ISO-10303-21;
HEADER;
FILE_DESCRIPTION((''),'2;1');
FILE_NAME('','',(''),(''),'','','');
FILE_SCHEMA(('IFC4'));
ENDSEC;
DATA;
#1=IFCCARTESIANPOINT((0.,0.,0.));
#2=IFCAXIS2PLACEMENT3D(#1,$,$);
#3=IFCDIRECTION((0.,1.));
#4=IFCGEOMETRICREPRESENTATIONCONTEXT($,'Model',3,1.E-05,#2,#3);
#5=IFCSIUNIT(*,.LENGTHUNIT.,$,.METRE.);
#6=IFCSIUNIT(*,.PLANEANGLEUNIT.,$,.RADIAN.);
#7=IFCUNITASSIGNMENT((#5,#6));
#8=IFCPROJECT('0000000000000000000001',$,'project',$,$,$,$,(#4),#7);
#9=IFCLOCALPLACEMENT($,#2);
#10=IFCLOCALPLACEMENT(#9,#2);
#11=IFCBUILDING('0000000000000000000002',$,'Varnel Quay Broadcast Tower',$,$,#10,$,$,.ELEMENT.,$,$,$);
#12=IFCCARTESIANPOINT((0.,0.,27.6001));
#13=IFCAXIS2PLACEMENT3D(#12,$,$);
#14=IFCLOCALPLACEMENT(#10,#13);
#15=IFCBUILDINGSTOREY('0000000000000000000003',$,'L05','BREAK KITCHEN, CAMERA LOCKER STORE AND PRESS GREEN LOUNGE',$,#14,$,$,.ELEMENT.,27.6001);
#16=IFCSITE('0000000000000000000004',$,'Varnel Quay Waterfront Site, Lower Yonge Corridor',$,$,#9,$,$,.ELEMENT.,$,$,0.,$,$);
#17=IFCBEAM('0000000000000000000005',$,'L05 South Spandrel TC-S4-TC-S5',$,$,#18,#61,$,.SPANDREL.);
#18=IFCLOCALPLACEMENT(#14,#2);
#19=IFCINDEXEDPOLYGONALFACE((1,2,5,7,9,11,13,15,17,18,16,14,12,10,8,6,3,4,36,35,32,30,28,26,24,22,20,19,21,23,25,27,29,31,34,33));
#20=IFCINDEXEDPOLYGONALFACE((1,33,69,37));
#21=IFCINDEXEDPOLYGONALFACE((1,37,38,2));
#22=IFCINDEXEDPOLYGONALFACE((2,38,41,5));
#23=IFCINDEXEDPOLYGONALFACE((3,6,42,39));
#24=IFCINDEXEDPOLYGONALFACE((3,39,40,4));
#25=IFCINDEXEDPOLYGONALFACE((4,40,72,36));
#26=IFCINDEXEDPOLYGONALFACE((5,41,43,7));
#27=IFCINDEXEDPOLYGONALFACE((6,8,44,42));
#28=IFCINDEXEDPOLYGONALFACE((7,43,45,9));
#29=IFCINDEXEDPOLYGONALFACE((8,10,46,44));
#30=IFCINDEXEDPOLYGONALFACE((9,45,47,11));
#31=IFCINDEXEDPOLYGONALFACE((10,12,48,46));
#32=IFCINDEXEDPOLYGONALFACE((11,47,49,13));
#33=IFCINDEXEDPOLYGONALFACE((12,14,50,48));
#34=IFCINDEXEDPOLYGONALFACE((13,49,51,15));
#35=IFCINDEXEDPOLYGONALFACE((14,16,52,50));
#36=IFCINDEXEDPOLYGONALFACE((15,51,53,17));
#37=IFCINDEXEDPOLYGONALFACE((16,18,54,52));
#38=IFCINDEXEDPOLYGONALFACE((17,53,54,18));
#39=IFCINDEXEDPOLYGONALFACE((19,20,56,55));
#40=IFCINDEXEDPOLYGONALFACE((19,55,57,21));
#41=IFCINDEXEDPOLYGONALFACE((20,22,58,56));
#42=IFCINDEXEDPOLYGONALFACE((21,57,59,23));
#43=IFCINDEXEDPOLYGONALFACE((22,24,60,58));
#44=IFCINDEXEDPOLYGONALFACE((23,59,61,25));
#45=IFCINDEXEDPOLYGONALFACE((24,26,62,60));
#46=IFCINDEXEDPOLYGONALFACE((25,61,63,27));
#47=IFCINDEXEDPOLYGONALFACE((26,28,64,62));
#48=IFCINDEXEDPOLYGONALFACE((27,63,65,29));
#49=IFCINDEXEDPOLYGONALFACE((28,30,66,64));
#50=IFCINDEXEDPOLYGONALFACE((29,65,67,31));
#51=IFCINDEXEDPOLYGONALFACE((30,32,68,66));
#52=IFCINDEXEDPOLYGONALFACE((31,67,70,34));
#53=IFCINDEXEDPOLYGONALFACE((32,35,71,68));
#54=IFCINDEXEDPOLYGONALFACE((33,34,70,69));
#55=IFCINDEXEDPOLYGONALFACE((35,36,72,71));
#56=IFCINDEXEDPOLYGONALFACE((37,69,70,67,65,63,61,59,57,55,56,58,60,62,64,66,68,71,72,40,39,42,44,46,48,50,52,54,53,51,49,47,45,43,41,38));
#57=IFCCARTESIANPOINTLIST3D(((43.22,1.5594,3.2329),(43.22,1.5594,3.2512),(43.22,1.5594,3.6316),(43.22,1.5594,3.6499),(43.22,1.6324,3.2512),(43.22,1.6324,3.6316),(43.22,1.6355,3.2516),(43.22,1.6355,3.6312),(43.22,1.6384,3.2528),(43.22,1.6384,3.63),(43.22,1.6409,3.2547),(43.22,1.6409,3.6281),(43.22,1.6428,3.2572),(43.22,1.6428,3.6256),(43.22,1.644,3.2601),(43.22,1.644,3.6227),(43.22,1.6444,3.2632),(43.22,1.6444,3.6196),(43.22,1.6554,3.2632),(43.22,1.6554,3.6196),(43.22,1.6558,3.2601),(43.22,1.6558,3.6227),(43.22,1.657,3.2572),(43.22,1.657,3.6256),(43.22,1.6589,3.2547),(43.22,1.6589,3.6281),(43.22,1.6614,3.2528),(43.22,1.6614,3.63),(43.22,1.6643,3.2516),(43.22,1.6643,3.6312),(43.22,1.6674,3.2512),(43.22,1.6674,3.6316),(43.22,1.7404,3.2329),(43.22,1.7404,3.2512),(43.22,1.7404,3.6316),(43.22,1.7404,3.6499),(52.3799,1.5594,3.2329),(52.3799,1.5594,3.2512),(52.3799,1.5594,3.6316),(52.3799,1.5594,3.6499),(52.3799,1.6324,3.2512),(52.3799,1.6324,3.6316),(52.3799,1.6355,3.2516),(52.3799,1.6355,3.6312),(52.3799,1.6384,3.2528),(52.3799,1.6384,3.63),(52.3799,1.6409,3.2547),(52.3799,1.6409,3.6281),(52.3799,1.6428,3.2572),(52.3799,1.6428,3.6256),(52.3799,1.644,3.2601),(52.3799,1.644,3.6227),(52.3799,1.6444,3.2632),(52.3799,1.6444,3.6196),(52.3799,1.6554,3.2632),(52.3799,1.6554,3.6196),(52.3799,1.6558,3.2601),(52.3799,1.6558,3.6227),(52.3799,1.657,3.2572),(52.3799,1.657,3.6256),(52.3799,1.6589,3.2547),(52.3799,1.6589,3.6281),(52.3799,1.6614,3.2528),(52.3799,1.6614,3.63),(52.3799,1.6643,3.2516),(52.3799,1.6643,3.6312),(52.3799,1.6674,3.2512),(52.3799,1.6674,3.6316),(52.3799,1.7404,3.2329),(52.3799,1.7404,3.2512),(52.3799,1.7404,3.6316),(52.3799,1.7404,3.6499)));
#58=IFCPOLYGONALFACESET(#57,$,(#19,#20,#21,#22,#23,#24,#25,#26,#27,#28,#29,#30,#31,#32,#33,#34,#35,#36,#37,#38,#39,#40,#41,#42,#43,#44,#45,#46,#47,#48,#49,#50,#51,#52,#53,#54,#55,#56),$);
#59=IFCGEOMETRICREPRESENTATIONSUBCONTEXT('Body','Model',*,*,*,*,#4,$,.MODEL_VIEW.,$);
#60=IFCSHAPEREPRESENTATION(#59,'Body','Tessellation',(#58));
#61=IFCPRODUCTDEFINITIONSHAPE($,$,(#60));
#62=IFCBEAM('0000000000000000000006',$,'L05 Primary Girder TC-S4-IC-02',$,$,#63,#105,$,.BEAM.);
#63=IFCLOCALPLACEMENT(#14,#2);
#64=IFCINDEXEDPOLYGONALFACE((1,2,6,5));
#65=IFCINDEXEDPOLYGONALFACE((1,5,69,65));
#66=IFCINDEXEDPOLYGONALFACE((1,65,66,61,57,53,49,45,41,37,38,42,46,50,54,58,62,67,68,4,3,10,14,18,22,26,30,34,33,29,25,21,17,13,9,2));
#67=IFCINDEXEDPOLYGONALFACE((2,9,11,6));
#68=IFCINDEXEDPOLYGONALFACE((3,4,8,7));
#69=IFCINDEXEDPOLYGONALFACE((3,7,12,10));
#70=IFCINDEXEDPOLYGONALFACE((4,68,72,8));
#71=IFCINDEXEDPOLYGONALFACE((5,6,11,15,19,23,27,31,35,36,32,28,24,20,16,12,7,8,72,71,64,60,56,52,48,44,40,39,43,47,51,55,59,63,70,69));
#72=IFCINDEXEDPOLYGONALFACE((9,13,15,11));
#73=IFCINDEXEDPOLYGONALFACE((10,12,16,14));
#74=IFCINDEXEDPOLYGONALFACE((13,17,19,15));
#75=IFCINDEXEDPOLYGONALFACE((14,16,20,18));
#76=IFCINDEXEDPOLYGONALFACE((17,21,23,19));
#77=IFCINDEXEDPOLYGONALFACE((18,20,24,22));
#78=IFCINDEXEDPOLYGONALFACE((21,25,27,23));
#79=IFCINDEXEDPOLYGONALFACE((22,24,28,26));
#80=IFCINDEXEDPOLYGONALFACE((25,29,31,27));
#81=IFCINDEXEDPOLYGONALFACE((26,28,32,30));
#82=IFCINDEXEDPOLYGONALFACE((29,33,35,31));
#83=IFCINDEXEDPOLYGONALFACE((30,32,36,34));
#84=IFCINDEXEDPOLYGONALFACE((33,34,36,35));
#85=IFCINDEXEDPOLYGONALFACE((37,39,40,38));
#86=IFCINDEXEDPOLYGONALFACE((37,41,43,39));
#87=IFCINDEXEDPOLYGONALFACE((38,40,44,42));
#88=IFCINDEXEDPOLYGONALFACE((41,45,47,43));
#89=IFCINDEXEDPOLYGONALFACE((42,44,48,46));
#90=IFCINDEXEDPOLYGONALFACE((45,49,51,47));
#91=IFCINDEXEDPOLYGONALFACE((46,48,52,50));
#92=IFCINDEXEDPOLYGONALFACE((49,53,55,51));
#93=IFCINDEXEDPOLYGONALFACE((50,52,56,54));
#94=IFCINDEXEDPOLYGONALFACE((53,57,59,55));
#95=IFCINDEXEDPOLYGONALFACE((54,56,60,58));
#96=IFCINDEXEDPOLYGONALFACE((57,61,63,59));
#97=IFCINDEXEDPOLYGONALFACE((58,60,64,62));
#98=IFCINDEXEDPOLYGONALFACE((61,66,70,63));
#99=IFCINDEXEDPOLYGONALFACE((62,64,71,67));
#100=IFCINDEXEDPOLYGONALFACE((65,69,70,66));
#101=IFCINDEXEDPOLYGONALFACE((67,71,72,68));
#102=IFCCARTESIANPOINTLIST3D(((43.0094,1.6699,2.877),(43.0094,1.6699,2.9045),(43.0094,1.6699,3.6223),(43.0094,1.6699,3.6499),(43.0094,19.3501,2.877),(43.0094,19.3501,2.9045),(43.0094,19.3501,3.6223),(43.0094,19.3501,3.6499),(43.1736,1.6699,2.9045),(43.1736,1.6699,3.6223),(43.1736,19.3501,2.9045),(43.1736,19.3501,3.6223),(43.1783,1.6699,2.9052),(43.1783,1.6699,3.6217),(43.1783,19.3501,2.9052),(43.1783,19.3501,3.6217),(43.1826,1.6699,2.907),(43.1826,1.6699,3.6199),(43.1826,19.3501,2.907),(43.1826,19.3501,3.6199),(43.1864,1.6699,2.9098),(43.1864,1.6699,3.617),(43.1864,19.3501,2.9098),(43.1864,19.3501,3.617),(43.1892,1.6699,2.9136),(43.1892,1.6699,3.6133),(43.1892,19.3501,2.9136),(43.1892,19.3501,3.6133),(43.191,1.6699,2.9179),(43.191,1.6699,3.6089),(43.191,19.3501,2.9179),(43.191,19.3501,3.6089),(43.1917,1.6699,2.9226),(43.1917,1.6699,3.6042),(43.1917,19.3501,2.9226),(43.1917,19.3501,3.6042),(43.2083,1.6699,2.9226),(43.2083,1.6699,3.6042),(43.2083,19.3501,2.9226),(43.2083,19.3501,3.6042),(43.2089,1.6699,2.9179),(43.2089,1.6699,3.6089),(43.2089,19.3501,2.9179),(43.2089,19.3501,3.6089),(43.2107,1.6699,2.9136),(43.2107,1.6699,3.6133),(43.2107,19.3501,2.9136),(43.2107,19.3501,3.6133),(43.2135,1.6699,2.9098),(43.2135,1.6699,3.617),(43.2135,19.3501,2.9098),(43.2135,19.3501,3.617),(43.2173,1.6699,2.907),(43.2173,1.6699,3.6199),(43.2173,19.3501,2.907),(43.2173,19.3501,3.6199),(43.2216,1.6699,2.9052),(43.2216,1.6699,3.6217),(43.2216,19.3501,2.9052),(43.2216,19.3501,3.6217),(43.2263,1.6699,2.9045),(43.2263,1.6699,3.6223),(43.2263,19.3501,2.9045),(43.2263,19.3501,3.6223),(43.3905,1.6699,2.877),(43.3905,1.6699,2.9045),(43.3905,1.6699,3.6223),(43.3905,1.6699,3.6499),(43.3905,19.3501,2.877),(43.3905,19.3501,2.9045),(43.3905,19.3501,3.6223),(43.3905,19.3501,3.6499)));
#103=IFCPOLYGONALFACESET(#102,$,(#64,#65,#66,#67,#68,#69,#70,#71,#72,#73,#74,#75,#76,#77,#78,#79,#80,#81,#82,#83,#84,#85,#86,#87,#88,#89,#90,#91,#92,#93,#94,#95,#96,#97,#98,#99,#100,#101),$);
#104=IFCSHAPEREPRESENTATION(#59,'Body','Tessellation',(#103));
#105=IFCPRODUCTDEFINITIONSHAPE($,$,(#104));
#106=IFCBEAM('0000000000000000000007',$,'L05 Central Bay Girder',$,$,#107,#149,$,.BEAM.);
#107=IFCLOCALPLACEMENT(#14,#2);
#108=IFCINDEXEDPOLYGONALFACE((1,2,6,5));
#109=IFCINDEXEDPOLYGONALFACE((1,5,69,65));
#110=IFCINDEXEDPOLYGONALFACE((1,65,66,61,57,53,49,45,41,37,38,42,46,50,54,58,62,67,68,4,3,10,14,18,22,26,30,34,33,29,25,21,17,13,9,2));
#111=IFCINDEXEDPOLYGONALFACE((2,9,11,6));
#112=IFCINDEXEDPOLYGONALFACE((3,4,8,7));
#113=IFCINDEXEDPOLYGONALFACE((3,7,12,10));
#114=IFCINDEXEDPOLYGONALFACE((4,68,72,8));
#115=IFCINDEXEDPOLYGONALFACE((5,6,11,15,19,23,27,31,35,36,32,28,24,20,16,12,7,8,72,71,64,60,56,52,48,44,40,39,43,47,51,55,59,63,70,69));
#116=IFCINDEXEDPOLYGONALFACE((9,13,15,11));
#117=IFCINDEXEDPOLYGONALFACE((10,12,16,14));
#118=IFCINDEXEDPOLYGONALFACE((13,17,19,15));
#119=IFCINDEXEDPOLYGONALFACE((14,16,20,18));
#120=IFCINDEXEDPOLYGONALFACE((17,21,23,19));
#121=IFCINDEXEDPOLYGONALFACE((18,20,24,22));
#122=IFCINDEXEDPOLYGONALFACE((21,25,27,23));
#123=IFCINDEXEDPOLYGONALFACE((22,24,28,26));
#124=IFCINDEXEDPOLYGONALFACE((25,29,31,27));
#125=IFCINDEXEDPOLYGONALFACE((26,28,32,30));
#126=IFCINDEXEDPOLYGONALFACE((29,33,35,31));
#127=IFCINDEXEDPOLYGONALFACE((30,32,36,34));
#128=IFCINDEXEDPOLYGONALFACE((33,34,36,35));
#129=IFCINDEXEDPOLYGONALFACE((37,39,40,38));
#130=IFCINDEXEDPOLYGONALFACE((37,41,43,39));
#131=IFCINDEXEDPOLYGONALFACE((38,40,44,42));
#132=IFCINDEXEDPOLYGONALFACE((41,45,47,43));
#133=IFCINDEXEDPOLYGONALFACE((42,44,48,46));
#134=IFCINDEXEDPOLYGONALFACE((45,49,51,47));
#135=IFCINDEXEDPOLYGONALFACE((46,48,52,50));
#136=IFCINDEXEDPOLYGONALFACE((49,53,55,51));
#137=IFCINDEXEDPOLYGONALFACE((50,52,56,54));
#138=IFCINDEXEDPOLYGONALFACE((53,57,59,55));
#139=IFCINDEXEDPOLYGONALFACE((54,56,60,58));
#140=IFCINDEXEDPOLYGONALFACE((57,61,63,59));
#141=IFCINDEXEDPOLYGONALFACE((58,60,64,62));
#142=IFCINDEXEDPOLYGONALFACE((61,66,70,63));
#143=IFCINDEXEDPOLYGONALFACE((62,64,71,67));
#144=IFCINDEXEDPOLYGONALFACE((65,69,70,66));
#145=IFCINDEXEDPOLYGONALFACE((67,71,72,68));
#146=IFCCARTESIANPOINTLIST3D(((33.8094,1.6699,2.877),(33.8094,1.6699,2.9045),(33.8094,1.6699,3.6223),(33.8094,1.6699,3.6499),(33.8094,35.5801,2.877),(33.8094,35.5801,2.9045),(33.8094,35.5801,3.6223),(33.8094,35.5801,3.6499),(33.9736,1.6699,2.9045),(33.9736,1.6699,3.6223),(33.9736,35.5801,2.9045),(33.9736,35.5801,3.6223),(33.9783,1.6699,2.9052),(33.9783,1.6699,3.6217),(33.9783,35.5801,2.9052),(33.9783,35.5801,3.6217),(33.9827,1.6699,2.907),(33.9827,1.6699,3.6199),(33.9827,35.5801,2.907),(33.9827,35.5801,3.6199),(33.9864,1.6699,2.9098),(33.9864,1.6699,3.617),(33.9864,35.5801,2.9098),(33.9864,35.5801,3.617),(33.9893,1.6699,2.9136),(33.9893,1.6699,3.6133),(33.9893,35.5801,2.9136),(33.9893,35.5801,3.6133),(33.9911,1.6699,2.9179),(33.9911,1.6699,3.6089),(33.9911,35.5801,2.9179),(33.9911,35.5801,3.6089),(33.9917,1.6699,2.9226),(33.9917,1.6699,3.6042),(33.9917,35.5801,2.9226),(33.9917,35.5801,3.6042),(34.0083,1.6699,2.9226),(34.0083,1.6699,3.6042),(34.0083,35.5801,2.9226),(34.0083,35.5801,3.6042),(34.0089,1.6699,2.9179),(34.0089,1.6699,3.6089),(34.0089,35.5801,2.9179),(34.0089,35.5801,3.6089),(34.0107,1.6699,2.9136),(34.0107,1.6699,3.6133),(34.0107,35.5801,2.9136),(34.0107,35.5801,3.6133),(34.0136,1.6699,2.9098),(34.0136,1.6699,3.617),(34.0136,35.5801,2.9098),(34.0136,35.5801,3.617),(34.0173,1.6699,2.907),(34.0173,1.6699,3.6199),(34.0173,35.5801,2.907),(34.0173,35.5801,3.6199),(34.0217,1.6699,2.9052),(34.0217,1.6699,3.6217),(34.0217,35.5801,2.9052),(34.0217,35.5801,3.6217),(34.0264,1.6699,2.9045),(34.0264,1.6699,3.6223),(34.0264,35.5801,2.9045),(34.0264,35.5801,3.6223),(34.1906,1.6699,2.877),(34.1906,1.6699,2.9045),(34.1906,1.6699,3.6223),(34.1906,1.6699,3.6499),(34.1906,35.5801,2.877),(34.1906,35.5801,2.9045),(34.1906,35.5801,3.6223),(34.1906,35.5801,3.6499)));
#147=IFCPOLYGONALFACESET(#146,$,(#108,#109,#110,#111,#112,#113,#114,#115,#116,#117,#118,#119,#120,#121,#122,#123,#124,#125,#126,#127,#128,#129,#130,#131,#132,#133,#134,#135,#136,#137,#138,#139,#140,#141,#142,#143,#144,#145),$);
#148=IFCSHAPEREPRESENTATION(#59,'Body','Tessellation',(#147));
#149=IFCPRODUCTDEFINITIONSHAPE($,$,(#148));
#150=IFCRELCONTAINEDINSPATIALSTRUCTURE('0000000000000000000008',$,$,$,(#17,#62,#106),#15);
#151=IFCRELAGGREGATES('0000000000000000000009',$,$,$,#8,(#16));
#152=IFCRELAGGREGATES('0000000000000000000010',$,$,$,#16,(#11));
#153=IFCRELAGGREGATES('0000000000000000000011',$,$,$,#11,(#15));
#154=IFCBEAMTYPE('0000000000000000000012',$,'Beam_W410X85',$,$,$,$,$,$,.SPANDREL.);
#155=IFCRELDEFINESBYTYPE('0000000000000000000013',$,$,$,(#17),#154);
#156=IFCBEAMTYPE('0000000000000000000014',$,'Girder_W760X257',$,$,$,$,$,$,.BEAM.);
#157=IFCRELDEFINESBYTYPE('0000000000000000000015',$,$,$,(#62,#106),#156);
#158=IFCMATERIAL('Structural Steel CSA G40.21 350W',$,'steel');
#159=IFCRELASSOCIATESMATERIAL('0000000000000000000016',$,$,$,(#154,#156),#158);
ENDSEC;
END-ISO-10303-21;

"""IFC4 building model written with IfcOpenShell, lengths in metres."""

from ifc_helpers import new_model, si_unit, direction, frame, origin, origin_2d, place, context, subcontext, project, spatial, i_section, extrude, source, transform, mapped, material, material_profile, profile_set, type_object, type_shapes, element, save


model = new_model("IFC4")

# Units and contexts
model_context = context("Model", 3, precision=1e-05, world=origin(), true_north=direction((0.0, 1.0)))
body_context = subcontext(model_context, "Body", "Model", "MODEL_VIEW")
ifc_project = project(units=[si_unit("LENGTHUNIT", "METRE"), si_unit("PLANEANGLEUNIT", "RADIAN")], contexts=[model_context])

# Site, building, storey
site_placement = place(None, origin())
site = spatial("IfcSite", under=ifc_project, at=site_placement, Name="Varnel Quay Waterfront Site, Lower Yonge Corridor", CompositionType="ELEMENT", RefElevation=0.0)
building_placement = place(site_placement, origin())
building = spatial("IfcBuilding", under=site, at=building_placement, Name="Varnel Quay Broadcast Tower", CompositionType="ELEMENT")
storey_placement = place(building_placement, frame((0.0, 0.0, 27.6001)))
storey = spatial("IfcBuildingStorey", under=building, at=storey_placement, Name="L05", Description="BREAK KITCHEN, CAMERA LOCKER STORE AND PRESS GREEN LOUNGE", CompositionType="ELEMENT", Elevation=27.6001)

# Shared definitions
ifc_material_1 = material(Name="Structural Steel CSA G40.21 350W", Category="steel")

# Beams
ifc_material_profile_1 = material_profile(ifc_material_1, i_section(OverallWidth=0.1809, OverallDepth=0.417, WebThickness=0.011, FlangeThickness=0.0183, FilletRadius=0.012, at=origin_2d()), Name="W410X85")
ifc_profile_set_1 = profile_set([ifc_material_profile_1], Name="Structural Steel CSA G40.21 350W")
beam_type_1 = type_object("IfcBeamType", Name="Beam_W410X85", PredefinedType="SPANDREL", material=ifc_profile_set_1)
shared_shape_1 = source(origin(), body_context, "Body", "SweptSolid", [
    extrude(i_section(OverallWidth=0.1809, OverallDepth=0.417, WebThickness=0.011, FlangeThickness=0.0183, FilletRadius=0.012, at=origin_2d()), origin(), (0.0, 0.0, 1.0), 9.1599),
])
type_shapes(beam_type_1, [shared_shape_1])
for number, where, z_axis, x_axis, name in (
    (1, (43.22, 1.6499, 3.4414), (1.0, 0.0, 0.0), (0.0, 1.0, 0.0), "L05 South Spandrel TC-S4-TC-S5"),
):
    element("IfcBeam", number, at=place(storey_placement, frame(where, z_axis=z_axis, x_axis=x_axis)), inside=storey, type_object=beam_type_1, Name=name, PredefinedType="SPANDREL", context=body_context, shape_type="MappedRepresentation", body=[
        mapped(shared_shape_1, transform((0.0, 0.0, 0.0), x_axis=(1.0, 0.0, 0.0), y_axis=(0.0, 1.0, 0.0), z_axis=(0.0, 0.0, 1.0), scale=1.0)),
    ])
ifc_material_profile_2 = material_profile(ifc_material_1, i_section(OverallWidth=0.3811, OverallDepth=0.7729, WebThickness=0.0166, FlangeThickness=0.0276, FilletRadius=0.0181, at=origin_2d()), Name="W760X257")
ifc_profile_set_2 = profile_set([ifc_material_profile_2], Name="Structural Steel CSA G40.21 350W")
beam_type_2 = type_object("IfcBeamType", Name="Girder_W760X257", PredefinedType="BEAM", material=ifc_profile_set_2)
shared_shape_2 = source(origin(), body_context, "Body", "SweptSolid", [
    extrude(i_section(OverallWidth=0.3811, OverallDepth=0.7729, WebThickness=0.0166, FlangeThickness=0.0276, FilletRadius=0.0181, at=origin_2d()), origin(), (0.0, 0.0, 1.0), 17.6802),
])
beam_1_placement = place(storey_placement, frame((43.2, 1.6699, 3.2634), z_axis=(0.0, 1.0, 0.0), x_axis=(-1.0, 0.0, 0.0)))
element("IfcBeam", 2, at=beam_1_placement, inside=storey, type_object=beam_type_2, Name="L05 Primary Girder TC-S4-IC-02", PredefinedType="BEAM", context=body_context, shape_type="MappedRepresentation", body=[
    mapped(shared_shape_2, transform((0.0, 0.0, 0.0), x_axis=(1.0, 0.0, 0.0), y_axis=(0.0, 1.0, 0.0), z_axis=(0.0, 0.0, 1.0), scale=1.0)),
])
shared_shape_3 = source(origin(), body_context, "Body", "SweptSolid", [
    extrude(i_section(OverallWidth=0.3811, OverallDepth=0.7729, WebThickness=0.0166, FlangeThickness=0.0276, FilletRadius=0.0181, at=origin_2d()), origin(), (0.0, 0.0, 1.0), 33.9102),
])
type_shapes(beam_type_2, [shared_shape_2, shared_shape_3])
beam_2_placement = place(storey_placement, frame((34.0, 1.6699, 3.2634), z_axis=(0.0, 1.0, 0.0), x_axis=(-1.0, 0.0, 0.0)))
element("IfcBeam", 3, at=beam_2_placement, inside=storey, type_object=beam_type_2, Name="L05 Central Bay Girder", PredefinedType="BEAM", context=body_context, shape_type="MappedRepresentation", body=[
    mapped(shared_shape_3, transform((0.0, 0.0, 0.0), x_axis=(1.0, 0.0, 0.0), y_axis=(0.0, 1.0, 0.0), z_axis=(0.0, 0.0, 1.0), scale=1.0)),
])

save(model, "model.ifc")
